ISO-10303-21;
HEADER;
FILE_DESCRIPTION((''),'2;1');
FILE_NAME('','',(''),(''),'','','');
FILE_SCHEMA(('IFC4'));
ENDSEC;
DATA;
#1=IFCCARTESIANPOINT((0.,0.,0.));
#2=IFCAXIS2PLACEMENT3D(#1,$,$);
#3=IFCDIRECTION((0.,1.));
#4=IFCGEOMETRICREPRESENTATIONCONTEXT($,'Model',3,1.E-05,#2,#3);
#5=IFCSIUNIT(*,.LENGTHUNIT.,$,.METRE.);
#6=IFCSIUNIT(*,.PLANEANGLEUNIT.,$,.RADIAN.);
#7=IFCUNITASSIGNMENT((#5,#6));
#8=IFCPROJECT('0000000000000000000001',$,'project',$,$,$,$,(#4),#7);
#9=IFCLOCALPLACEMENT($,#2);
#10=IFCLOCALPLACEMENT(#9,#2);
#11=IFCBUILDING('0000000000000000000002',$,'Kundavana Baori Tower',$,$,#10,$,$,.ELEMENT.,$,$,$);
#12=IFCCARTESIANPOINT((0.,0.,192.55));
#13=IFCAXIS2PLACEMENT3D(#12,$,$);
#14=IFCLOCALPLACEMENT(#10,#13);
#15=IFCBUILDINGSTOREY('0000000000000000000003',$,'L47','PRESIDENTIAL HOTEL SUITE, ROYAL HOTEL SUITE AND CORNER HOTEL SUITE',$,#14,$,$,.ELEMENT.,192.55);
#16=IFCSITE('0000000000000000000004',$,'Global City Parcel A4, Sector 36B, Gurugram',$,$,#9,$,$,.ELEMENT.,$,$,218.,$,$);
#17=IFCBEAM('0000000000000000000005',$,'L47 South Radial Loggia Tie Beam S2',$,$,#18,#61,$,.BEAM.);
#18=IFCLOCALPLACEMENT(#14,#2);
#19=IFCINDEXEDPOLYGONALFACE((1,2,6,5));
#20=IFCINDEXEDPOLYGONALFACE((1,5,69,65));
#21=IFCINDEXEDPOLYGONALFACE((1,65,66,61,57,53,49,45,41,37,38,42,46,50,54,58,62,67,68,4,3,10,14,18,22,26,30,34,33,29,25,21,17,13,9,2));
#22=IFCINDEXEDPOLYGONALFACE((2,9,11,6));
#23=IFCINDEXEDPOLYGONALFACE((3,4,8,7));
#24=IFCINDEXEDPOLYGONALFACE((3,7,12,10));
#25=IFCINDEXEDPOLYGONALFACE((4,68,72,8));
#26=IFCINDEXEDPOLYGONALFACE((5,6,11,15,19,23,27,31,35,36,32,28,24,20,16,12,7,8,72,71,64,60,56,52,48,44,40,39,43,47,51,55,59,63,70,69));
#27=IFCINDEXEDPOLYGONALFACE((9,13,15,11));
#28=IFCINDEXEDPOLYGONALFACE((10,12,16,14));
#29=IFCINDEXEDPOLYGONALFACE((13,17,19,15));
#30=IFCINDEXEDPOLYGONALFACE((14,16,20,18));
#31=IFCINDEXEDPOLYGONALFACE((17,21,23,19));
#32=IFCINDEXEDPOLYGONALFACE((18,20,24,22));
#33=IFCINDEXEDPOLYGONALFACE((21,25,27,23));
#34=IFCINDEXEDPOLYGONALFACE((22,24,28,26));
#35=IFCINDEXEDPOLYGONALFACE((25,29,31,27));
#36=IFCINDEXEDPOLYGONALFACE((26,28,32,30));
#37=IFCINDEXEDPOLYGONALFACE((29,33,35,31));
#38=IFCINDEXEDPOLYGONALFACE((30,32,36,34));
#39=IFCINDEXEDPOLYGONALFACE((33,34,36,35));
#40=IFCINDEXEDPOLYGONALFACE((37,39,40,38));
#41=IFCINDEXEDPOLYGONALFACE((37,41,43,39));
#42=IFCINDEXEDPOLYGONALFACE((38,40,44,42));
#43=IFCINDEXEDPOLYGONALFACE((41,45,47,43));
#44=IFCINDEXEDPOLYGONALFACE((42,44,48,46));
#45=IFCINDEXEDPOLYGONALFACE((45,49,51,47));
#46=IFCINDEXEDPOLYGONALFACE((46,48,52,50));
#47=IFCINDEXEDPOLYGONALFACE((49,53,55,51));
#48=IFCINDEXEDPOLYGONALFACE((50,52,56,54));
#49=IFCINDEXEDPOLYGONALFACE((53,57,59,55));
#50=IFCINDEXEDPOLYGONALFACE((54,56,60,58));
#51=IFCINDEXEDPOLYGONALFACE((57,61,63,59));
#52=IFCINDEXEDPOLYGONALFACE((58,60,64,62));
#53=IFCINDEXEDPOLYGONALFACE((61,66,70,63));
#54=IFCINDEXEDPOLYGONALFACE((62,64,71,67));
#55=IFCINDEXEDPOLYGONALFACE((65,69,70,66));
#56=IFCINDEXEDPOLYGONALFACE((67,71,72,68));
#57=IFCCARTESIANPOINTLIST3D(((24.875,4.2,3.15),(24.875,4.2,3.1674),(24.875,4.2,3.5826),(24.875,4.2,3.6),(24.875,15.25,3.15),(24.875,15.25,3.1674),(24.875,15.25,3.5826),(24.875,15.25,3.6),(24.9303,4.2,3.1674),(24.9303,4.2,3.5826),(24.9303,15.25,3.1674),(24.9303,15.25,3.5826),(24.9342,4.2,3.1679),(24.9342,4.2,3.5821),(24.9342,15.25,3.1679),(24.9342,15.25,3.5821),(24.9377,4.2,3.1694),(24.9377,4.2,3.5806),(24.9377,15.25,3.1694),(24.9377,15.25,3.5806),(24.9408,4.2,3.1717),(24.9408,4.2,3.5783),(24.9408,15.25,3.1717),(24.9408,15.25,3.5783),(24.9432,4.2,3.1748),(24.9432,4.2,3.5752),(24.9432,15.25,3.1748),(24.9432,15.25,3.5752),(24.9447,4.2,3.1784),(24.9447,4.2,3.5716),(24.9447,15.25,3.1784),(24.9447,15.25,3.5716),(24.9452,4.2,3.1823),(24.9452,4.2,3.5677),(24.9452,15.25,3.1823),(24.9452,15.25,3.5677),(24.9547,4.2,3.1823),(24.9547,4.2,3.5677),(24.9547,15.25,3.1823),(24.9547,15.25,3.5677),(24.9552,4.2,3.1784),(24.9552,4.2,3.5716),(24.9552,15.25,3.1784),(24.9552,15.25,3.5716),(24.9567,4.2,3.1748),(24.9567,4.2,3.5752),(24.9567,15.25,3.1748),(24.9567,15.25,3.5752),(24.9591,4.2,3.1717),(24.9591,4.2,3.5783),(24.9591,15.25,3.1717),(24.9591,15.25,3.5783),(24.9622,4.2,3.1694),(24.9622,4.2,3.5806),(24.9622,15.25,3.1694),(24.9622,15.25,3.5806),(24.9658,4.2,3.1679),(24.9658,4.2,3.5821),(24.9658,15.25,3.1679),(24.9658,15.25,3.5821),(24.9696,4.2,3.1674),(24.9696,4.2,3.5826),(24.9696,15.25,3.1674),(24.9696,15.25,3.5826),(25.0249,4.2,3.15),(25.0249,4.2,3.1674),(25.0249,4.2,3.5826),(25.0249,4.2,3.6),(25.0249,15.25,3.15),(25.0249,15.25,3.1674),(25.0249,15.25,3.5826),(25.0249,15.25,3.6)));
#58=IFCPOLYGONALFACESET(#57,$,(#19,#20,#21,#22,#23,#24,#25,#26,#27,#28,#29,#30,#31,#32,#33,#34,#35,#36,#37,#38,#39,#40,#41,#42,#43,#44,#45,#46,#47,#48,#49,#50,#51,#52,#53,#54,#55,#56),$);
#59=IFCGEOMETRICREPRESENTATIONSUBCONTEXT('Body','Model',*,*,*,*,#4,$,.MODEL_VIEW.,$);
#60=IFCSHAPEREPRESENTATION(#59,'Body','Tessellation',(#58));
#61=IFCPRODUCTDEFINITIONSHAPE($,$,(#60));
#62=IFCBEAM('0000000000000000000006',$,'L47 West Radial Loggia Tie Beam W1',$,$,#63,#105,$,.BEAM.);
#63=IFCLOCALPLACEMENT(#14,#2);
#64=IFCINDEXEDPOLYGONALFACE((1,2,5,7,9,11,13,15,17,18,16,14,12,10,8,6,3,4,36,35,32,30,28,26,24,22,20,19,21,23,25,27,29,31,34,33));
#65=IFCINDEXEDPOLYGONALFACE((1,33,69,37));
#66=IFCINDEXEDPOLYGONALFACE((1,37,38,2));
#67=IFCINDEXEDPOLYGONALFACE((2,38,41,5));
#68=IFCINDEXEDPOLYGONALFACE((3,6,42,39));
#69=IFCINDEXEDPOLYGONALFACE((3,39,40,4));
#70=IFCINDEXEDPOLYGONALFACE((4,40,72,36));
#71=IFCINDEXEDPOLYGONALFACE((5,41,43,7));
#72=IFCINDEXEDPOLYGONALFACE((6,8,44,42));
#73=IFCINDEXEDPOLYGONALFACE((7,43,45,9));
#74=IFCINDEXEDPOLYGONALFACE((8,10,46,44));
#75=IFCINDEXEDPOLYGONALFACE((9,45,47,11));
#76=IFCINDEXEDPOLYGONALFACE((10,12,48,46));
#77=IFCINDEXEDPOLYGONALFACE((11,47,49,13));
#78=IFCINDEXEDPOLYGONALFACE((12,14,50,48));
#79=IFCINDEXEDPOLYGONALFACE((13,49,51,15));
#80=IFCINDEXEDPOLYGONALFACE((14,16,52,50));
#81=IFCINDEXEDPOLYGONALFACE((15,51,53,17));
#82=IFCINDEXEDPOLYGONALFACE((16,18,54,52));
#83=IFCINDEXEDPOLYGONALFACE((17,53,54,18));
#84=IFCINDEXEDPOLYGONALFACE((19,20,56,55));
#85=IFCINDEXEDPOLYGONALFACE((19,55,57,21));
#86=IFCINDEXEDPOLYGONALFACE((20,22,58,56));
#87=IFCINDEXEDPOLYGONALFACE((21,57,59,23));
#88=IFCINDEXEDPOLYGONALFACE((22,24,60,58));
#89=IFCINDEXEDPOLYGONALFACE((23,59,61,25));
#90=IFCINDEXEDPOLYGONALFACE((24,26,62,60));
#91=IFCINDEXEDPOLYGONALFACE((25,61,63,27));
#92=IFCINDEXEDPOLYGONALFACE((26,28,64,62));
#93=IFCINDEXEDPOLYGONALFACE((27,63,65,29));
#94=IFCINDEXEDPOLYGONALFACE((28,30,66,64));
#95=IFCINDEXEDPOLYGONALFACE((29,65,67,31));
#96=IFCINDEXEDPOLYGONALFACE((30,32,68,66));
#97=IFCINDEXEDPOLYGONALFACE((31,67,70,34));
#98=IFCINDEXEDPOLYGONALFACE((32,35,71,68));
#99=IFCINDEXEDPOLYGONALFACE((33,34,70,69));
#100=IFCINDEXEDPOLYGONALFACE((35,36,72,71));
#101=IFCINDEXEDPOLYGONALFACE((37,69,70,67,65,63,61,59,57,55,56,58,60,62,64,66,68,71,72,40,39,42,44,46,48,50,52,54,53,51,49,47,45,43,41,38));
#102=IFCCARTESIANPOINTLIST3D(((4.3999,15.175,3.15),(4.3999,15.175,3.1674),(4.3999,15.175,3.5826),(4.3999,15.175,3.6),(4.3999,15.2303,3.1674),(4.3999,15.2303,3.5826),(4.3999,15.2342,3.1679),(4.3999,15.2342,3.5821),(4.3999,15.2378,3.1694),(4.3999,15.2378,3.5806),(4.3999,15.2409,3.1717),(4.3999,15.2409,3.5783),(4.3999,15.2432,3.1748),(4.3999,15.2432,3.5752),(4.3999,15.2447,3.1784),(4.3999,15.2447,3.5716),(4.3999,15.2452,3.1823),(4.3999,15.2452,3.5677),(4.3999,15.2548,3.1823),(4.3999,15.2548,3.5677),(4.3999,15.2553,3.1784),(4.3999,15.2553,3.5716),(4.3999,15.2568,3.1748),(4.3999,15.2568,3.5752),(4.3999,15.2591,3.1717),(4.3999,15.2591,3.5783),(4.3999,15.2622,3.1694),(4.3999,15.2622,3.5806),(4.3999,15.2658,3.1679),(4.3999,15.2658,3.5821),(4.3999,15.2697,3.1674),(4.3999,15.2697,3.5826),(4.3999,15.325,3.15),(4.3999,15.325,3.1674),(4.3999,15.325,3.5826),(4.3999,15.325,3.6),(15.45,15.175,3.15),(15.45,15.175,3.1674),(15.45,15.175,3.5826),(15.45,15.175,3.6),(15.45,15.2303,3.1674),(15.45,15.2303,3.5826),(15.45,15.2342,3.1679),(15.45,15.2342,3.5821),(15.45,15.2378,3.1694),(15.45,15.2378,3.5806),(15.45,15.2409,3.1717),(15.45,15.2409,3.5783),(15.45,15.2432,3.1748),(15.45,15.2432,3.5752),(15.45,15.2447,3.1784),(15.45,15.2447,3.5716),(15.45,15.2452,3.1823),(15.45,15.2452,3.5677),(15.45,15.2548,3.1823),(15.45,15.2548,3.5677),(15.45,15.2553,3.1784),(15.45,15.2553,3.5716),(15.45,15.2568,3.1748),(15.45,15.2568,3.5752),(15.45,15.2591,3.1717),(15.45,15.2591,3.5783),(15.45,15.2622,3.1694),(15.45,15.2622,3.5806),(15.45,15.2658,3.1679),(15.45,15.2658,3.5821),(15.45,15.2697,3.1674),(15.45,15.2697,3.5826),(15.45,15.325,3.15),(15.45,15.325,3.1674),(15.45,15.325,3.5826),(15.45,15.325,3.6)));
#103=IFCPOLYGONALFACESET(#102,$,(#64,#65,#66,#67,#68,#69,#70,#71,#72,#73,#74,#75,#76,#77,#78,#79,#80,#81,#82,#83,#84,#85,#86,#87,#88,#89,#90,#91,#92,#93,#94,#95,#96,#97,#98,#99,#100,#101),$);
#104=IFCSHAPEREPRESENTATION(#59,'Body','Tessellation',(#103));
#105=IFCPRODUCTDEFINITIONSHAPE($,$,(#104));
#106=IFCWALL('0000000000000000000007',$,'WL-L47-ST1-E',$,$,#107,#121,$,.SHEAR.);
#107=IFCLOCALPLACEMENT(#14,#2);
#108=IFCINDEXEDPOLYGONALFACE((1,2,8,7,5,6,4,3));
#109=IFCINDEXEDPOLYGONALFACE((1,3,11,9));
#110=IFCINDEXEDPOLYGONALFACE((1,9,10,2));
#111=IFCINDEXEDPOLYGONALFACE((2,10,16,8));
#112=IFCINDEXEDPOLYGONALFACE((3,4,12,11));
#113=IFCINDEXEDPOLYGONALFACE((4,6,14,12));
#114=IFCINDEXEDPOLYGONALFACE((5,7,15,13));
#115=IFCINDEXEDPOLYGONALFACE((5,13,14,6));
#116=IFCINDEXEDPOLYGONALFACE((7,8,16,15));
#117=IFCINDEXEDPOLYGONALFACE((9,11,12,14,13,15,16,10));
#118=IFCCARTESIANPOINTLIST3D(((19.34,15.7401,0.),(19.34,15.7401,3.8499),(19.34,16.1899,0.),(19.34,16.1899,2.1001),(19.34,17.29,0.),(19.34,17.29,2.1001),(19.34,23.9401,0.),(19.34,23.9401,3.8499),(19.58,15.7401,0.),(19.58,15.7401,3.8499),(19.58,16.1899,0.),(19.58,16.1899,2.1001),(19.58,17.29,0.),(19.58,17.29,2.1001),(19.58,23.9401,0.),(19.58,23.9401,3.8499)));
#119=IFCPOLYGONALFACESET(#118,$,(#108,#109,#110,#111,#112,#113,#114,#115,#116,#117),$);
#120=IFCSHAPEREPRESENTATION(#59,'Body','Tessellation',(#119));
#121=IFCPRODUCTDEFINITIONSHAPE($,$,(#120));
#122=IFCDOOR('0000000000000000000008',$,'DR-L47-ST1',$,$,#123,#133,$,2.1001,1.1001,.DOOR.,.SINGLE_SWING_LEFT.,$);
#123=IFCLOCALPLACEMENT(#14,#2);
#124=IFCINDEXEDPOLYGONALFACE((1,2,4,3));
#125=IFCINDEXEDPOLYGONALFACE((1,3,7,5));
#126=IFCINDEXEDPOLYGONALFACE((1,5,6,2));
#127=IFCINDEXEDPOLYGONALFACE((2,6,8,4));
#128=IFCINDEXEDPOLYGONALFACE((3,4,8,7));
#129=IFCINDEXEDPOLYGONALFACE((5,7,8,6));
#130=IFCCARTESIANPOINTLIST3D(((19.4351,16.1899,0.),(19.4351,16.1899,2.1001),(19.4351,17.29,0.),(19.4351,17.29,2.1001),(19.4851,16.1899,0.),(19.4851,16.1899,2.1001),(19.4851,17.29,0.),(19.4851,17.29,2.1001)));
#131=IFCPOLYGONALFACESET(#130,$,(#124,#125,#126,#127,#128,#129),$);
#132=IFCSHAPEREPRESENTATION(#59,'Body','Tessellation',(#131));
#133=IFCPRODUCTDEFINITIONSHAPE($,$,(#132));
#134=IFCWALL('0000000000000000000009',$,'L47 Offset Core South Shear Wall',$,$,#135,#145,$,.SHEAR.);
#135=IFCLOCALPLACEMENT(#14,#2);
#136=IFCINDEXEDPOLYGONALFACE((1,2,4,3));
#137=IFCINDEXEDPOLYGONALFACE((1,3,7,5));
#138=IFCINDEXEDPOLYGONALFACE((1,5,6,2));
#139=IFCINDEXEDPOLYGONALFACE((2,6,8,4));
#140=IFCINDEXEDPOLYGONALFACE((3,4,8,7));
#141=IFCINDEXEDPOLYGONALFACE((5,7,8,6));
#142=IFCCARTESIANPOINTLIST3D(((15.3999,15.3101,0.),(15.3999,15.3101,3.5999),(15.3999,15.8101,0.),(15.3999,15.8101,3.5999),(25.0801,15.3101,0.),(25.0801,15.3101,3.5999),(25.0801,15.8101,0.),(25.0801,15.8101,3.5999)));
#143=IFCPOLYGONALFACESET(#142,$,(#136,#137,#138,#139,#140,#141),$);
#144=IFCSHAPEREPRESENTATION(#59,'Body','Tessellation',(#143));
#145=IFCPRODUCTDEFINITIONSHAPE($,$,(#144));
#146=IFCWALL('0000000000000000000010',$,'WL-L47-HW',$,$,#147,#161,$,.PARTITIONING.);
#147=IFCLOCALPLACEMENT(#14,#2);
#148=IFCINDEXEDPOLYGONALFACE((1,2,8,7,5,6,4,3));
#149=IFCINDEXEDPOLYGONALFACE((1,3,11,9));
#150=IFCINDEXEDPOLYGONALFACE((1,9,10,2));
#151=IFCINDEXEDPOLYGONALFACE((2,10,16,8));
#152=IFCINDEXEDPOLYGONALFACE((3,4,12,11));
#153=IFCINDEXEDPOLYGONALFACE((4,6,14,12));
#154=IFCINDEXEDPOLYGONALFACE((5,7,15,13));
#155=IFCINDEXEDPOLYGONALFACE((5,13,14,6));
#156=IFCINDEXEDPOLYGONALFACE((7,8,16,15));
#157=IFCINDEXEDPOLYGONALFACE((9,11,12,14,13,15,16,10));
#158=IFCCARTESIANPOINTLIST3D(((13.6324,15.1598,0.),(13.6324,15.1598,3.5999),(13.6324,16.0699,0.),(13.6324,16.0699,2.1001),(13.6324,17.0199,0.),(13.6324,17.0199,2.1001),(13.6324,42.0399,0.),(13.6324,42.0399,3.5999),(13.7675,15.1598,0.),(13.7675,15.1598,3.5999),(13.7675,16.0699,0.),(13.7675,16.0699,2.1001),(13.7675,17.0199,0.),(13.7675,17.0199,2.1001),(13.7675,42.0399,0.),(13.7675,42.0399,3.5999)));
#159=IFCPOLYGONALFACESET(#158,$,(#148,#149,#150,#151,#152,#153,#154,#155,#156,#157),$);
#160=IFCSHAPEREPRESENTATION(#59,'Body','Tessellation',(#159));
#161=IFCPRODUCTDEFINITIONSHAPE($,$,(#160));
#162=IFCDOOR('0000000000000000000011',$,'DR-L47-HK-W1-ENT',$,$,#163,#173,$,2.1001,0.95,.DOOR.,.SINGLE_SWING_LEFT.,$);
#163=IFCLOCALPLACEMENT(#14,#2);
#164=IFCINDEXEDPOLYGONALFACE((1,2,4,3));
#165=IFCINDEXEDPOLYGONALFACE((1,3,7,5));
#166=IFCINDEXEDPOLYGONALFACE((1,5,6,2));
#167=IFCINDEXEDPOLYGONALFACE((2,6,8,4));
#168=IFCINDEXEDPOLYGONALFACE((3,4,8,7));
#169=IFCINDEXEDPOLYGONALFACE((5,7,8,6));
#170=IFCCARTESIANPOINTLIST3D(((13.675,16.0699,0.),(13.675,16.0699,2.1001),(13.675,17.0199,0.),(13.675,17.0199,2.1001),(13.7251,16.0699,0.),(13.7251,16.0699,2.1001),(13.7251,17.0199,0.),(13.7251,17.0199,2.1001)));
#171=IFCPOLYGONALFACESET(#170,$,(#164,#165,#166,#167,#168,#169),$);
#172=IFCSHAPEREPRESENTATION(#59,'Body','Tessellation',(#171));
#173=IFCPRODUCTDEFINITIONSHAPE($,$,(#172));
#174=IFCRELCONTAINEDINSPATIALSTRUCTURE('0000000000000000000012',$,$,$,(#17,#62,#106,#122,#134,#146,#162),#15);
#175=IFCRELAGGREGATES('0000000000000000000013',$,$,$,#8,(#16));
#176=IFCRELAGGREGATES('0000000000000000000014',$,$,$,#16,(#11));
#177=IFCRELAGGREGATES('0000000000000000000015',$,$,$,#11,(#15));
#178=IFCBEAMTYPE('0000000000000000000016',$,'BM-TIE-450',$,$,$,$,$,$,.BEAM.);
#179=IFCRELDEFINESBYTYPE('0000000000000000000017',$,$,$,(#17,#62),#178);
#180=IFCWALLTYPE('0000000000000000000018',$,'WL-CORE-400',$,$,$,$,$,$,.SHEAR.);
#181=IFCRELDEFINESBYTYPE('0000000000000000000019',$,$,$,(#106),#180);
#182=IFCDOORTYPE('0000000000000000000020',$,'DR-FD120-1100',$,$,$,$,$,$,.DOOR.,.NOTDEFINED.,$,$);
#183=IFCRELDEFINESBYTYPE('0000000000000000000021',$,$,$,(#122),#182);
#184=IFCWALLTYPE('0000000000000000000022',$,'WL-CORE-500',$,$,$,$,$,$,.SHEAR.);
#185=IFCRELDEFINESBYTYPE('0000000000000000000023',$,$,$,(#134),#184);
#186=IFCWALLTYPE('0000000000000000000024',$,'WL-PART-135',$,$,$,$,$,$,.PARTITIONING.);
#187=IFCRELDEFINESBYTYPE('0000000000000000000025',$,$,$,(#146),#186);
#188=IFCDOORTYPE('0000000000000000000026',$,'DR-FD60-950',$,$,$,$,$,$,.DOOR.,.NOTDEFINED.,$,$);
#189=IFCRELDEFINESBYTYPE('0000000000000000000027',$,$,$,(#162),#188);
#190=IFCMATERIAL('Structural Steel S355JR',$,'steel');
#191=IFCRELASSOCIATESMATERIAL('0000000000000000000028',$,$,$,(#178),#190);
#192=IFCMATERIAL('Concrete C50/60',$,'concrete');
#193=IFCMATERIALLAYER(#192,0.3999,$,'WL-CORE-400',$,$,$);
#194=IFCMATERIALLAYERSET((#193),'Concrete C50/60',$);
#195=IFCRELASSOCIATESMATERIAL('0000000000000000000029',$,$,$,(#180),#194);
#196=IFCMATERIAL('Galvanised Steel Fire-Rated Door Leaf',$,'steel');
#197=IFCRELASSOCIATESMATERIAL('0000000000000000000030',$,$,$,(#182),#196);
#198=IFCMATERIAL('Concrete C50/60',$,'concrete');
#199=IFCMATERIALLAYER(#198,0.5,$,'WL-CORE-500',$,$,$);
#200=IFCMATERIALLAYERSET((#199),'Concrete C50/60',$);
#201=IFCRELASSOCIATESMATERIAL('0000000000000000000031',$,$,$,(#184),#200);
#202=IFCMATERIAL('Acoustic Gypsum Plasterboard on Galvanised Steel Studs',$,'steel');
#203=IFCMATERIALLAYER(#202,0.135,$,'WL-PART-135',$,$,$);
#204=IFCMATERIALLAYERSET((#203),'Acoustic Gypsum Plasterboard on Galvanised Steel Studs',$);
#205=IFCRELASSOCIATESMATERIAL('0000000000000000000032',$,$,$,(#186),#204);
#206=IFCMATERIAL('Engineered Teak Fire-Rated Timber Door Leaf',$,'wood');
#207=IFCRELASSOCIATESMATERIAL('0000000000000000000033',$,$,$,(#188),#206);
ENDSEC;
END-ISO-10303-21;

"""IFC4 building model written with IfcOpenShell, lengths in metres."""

from ifc_helpers import new_model, si_unit, direction, frame, frame_2d, origin, origin_2d, place, context, subcontext, project, spatial, rectangle, i_section, extrude, material, layer, layer_set, material_profile, profile_set, type_object, element, fill, save


model = new_model("IFC4")

# Units and contexts
model_context = context("Model", 3, precision=1e-05, world=origin(), true_north=direction((0.0, 1.0)))
body_context = subcontext(model_context, "Body", "Model", "MODEL_VIEW")
ifc_project = project(units=[si_unit("LENGTHUNIT", "METRE"), si_unit("PLANEANGLEUNIT", "RADIAN")], contexts=[model_context])

# Site, building, storey
site_placement = place(None, origin())
site = spatial("IfcSite", under=ifc_project, at=site_placement, Name="Global City Parcel A4, Sector 36B, Gurugram", CompositionType="ELEMENT", RefElevation=218.0)
building_placement = place(site_placement, origin())
building = spatial("IfcBuilding", under=site, at=building_placement, Name="Kundavana Baori Tower", CompositionType="ELEMENT")
storey_placement = place(building_placement, frame((0.0, 0.0, 192.55)))
storey = spatial("IfcBuildingStorey", under=building, at=storey_placement, Name="L47", Description="PRESIDENTIAL HOTEL SUITE, ROYAL HOTEL SUITE AND CORNER HOTEL SUITE", CompositionType="ELEMENT", Elevation=192.55)

# Beams
ifc_material_1 = material(Name="Structural Steel S355JR", Category="steel")
ifc_material_profile_1 = material_profile(ifc_material_1, i_section(OverallWidth=0.1499, OverallDepth=0.45, WebThickness=0.0095, FlangeThickness=0.0173, FilletRadius=0.0149, at=origin_2d()), Name="ISMB 450")
ifc_profile_set_1 = profile_set([ifc_material_profile_1], Name="Structural Steel S355JR")
beam_type_1 = type_object("IfcBeamType", Name="BM-TIE-450", PredefinedType="BEAM", material=ifc_profile_set_1)
for number, where, z_axis, x_axis, name in (
    (1, (24.95, 15.25, 3.375), (0.0, -1.0, 0.0), (1.0, 0.0, 0.0), "L47 South Radial Loggia Tie Beam S2"),
    (2, (15.45, 15.25, 3.375), (-1.0, 0.0, 0.0), (0.0, -1.0, 0.0), "L47 West Radial Loggia Tie Beam W1"),
):
    element("IfcBeam", number, at=place(storey_placement, frame(where, z_axis=z_axis, x_axis=x_axis)), inside=storey, type_object=beam_type_1, Name=name, PredefinedType="BEAM", context=body_context, shape_type="SweptSolid", body=[
        extrude(i_section(OverallWidth=0.1499, OverallDepth=0.45, WebThickness=0.0095, FlangeThickness=0.0173, FilletRadius=0.0149, at=origin_2d()), origin(), (0.0, 0.0, 1.0), 11.05),
    ])

# Wall, opening, door
ifc_material_2 = material(Name="Concrete C50/60", Category="concrete")
ifc_layer_1 = layer(ifc_material_2, 0.3999, Name="WL-CORE-400")
ifc_layer_set_1 = layer_set([ifc_layer_1], Name="Concrete C50/60")
wall_type_1 = type_object("IfcWallType", Name="WL-CORE-400", PredefinedType="SHEAR", material=ifc_layer_set_1)
wall_1_placement = place(storey_placement, frame((19.46, 15.74, 0.0), z_axis=(0.0, 0.0, 1.0), x_axis=(0.0, 1.0, 0.0)))
wall_1 = element("IfcWall", 3, at=wall_1_placement, inside=storey, type_object=wall_type_1, Name="WL-L47-ST1-E", PredefinedType="SHEAR", context=body_context, shape_type="SweptSolid", body=[
    extrude(rectangle(XDim=8.2, YDim=0.24, at=frame_2d((4.1001, 0.0))), origin(), (0.0, 0.0, 1.0), 3.8499),
])
opening_1_placement = place(wall_1_placement, frame((0.45, 0.0, 0.0)))
opening_1 = element("IfcOpeningElement", 4, at=opening_1_placement, cuts=wall_1, PredefinedType="OPENING", context=body_context, shape_type="SweptSolid", body=[
    extrude(rectangle(XDim=1.1001, YDim=2.1001, at=frame_2d((0.55, 1.05))), frame((0.0, 0.1299, 0.0), z_axis=(0.0, -1.0, 0.0), x_axis=(1.0, 0.0, 0.0)), (0.0, 0.0, 1.0), 0.26),
])
ifc_material_3 = material(Name="Galvanised Steel Fire-Rated Door Leaf", Category="steel")
door_type_1 = type_object("IfcDoorType", Name="DR-FD120-1100", OperationType="NOTDEFINED", PredefinedType="DOOR", material=ifc_material_3)
door_1_placement = place(opening_1_placement, origin())
door_1 = element("IfcDoor", 5, at=door_1_placement, inside=storey, type_object=door_type_1, Name="DR-L47-ST1", OperationType="SINGLE_SWING_LEFT", OverallHeight=2.1001, OverallWidth=1.1001, PredefinedType="DOOR", context=body_context, shape_type="SweptSolid", body=[
    extrude(rectangle(XDim=1.1001, YDim=2.1001, at=frame_2d((0.55, 1.05))), frame((0.0, 0.0249, 0.0), z_axis=(0.0, -1.0, 0.0), x_axis=(1.0, 0.0, 0.0)), (0.0, 0.0, 1.0), 0.05),
])
fill(opening_1, door_1)

# Wall
ifc_material_4 = material(Name="Concrete C50/60", Category="concrete")
ifc_layer_2 = layer(ifc_material_4, 0.5, Name="WL-CORE-500")
ifc_layer_set_2 = layer_set([ifc_layer_2], Name="Concrete C50/60")
wall_type_2 = type_object("IfcWallType", Name="WL-CORE-500", PredefinedType="SHEAR", material=ifc_layer_set_2)
wall_2_placement = place(storey_placement, frame((15.3999, 15.5601, 0.0), z_axis=(0.0, 0.0, 1.0), x_axis=(1.0, 0.0, 0.0)))
element("IfcWall", 6, at=wall_2_placement, inside=storey, type_object=wall_type_2, Name="L47 Offset Core South Shear Wall", PredefinedType="SHEAR", context=body_context, shape_type="SweptSolid", body=[
    extrude(rectangle(XDim=9.6802, YDim=0.5, at=frame_2d((4.8401, 0.0))), origin(), (0.0, 0.0, 1.0), 3.5999),
])

# Wall, opening, door
ifc_material_5 = material(Name="Acoustic Gypsum Plasterboard on Galvanised Steel Studs", Category="steel")
ifc_layer_3 = layer(ifc_material_5, 0.135, Name="WL-PART-135")
ifc_layer_set_3 = layer_set([ifc_layer_3], Name="Acoustic Gypsum Plasterboard on Galvanised Steel Studs")
wall_type_3 = type_object("IfcWallType", Name="WL-PART-135", PredefinedType="PARTITIONING", material=ifc_layer_set_3)
wall_3_placement = place(storey_placement, frame((13.7, 15.1599, 0.0), z_axis=(0.0, 0.0, 1.0), x_axis=(0.0, 1.0, 0.0)))
wall_3 = element("IfcWall", 7, at=wall_3_placement, inside=storey, type_object=wall_type_3, Name="WL-L47-HW", PredefinedType="PARTITIONING", context=body_context, shape_type="SweptSolid", body=[
    extrude(rectangle(XDim=26.8801, YDim=0.135, at=frame_2d((13.4399, 0.0))), origin(), (0.0, 0.0, 1.0), 3.5999),
])
opening_2_placement = place(wall_3_placement, frame((0.9099, 0.0, 0.0)))
opening_2 = element("IfcOpeningElement", 8, at=opening_2_placement, cuts=wall_3, PredefinedType="OPENING", context=body_context, shape_type="SweptSolid", body=[
    extrude(rectangle(XDim=0.95, YDim=2.1001, at=frame_2d((0.4751, 1.05))), frame((0.0, 0.0776, 0.0), z_axis=(0.0, -1.0, 0.0), x_axis=(1.0, 0.0, 0.0)), (0.0, 0.0, 1.0), 0.155),
])
ifc_material_6 = material(Name="Engineered Teak Fire-Rated Timber Door Leaf", Category="wood")
door_type_2 = type_object("IfcDoorType", Name="DR-FD60-950", OperationType="NOTDEFINED", PredefinedType="DOOR", material=ifc_material_6)
door_2_placement = place(opening_2_placement, origin())
door_2 = element("IfcDoor", 9, at=door_2_placement, inside=storey, type_object=door_type_2, Name="DR-L47-HK-W1-ENT", OperationType="SINGLE_SWING_LEFT", OverallHeight=2.1001, OverallWidth=0.95, PredefinedType="DOOR", context=body_context, shape_type="SweptSolid", body=[
    extrude(rectangle(XDim=0.95, YDim=2.1001, at=frame_2d((0.4751, 1.05))), frame((0.0, 0.0249, 0.0), z_axis=(0.0, -1.0, 0.0), x_axis=(1.0, 0.0, 0.0)), (0.0, 0.0, 1.0), 0.05),
])
fill(opening_2, door_2)

save(model, "model.ifc")
